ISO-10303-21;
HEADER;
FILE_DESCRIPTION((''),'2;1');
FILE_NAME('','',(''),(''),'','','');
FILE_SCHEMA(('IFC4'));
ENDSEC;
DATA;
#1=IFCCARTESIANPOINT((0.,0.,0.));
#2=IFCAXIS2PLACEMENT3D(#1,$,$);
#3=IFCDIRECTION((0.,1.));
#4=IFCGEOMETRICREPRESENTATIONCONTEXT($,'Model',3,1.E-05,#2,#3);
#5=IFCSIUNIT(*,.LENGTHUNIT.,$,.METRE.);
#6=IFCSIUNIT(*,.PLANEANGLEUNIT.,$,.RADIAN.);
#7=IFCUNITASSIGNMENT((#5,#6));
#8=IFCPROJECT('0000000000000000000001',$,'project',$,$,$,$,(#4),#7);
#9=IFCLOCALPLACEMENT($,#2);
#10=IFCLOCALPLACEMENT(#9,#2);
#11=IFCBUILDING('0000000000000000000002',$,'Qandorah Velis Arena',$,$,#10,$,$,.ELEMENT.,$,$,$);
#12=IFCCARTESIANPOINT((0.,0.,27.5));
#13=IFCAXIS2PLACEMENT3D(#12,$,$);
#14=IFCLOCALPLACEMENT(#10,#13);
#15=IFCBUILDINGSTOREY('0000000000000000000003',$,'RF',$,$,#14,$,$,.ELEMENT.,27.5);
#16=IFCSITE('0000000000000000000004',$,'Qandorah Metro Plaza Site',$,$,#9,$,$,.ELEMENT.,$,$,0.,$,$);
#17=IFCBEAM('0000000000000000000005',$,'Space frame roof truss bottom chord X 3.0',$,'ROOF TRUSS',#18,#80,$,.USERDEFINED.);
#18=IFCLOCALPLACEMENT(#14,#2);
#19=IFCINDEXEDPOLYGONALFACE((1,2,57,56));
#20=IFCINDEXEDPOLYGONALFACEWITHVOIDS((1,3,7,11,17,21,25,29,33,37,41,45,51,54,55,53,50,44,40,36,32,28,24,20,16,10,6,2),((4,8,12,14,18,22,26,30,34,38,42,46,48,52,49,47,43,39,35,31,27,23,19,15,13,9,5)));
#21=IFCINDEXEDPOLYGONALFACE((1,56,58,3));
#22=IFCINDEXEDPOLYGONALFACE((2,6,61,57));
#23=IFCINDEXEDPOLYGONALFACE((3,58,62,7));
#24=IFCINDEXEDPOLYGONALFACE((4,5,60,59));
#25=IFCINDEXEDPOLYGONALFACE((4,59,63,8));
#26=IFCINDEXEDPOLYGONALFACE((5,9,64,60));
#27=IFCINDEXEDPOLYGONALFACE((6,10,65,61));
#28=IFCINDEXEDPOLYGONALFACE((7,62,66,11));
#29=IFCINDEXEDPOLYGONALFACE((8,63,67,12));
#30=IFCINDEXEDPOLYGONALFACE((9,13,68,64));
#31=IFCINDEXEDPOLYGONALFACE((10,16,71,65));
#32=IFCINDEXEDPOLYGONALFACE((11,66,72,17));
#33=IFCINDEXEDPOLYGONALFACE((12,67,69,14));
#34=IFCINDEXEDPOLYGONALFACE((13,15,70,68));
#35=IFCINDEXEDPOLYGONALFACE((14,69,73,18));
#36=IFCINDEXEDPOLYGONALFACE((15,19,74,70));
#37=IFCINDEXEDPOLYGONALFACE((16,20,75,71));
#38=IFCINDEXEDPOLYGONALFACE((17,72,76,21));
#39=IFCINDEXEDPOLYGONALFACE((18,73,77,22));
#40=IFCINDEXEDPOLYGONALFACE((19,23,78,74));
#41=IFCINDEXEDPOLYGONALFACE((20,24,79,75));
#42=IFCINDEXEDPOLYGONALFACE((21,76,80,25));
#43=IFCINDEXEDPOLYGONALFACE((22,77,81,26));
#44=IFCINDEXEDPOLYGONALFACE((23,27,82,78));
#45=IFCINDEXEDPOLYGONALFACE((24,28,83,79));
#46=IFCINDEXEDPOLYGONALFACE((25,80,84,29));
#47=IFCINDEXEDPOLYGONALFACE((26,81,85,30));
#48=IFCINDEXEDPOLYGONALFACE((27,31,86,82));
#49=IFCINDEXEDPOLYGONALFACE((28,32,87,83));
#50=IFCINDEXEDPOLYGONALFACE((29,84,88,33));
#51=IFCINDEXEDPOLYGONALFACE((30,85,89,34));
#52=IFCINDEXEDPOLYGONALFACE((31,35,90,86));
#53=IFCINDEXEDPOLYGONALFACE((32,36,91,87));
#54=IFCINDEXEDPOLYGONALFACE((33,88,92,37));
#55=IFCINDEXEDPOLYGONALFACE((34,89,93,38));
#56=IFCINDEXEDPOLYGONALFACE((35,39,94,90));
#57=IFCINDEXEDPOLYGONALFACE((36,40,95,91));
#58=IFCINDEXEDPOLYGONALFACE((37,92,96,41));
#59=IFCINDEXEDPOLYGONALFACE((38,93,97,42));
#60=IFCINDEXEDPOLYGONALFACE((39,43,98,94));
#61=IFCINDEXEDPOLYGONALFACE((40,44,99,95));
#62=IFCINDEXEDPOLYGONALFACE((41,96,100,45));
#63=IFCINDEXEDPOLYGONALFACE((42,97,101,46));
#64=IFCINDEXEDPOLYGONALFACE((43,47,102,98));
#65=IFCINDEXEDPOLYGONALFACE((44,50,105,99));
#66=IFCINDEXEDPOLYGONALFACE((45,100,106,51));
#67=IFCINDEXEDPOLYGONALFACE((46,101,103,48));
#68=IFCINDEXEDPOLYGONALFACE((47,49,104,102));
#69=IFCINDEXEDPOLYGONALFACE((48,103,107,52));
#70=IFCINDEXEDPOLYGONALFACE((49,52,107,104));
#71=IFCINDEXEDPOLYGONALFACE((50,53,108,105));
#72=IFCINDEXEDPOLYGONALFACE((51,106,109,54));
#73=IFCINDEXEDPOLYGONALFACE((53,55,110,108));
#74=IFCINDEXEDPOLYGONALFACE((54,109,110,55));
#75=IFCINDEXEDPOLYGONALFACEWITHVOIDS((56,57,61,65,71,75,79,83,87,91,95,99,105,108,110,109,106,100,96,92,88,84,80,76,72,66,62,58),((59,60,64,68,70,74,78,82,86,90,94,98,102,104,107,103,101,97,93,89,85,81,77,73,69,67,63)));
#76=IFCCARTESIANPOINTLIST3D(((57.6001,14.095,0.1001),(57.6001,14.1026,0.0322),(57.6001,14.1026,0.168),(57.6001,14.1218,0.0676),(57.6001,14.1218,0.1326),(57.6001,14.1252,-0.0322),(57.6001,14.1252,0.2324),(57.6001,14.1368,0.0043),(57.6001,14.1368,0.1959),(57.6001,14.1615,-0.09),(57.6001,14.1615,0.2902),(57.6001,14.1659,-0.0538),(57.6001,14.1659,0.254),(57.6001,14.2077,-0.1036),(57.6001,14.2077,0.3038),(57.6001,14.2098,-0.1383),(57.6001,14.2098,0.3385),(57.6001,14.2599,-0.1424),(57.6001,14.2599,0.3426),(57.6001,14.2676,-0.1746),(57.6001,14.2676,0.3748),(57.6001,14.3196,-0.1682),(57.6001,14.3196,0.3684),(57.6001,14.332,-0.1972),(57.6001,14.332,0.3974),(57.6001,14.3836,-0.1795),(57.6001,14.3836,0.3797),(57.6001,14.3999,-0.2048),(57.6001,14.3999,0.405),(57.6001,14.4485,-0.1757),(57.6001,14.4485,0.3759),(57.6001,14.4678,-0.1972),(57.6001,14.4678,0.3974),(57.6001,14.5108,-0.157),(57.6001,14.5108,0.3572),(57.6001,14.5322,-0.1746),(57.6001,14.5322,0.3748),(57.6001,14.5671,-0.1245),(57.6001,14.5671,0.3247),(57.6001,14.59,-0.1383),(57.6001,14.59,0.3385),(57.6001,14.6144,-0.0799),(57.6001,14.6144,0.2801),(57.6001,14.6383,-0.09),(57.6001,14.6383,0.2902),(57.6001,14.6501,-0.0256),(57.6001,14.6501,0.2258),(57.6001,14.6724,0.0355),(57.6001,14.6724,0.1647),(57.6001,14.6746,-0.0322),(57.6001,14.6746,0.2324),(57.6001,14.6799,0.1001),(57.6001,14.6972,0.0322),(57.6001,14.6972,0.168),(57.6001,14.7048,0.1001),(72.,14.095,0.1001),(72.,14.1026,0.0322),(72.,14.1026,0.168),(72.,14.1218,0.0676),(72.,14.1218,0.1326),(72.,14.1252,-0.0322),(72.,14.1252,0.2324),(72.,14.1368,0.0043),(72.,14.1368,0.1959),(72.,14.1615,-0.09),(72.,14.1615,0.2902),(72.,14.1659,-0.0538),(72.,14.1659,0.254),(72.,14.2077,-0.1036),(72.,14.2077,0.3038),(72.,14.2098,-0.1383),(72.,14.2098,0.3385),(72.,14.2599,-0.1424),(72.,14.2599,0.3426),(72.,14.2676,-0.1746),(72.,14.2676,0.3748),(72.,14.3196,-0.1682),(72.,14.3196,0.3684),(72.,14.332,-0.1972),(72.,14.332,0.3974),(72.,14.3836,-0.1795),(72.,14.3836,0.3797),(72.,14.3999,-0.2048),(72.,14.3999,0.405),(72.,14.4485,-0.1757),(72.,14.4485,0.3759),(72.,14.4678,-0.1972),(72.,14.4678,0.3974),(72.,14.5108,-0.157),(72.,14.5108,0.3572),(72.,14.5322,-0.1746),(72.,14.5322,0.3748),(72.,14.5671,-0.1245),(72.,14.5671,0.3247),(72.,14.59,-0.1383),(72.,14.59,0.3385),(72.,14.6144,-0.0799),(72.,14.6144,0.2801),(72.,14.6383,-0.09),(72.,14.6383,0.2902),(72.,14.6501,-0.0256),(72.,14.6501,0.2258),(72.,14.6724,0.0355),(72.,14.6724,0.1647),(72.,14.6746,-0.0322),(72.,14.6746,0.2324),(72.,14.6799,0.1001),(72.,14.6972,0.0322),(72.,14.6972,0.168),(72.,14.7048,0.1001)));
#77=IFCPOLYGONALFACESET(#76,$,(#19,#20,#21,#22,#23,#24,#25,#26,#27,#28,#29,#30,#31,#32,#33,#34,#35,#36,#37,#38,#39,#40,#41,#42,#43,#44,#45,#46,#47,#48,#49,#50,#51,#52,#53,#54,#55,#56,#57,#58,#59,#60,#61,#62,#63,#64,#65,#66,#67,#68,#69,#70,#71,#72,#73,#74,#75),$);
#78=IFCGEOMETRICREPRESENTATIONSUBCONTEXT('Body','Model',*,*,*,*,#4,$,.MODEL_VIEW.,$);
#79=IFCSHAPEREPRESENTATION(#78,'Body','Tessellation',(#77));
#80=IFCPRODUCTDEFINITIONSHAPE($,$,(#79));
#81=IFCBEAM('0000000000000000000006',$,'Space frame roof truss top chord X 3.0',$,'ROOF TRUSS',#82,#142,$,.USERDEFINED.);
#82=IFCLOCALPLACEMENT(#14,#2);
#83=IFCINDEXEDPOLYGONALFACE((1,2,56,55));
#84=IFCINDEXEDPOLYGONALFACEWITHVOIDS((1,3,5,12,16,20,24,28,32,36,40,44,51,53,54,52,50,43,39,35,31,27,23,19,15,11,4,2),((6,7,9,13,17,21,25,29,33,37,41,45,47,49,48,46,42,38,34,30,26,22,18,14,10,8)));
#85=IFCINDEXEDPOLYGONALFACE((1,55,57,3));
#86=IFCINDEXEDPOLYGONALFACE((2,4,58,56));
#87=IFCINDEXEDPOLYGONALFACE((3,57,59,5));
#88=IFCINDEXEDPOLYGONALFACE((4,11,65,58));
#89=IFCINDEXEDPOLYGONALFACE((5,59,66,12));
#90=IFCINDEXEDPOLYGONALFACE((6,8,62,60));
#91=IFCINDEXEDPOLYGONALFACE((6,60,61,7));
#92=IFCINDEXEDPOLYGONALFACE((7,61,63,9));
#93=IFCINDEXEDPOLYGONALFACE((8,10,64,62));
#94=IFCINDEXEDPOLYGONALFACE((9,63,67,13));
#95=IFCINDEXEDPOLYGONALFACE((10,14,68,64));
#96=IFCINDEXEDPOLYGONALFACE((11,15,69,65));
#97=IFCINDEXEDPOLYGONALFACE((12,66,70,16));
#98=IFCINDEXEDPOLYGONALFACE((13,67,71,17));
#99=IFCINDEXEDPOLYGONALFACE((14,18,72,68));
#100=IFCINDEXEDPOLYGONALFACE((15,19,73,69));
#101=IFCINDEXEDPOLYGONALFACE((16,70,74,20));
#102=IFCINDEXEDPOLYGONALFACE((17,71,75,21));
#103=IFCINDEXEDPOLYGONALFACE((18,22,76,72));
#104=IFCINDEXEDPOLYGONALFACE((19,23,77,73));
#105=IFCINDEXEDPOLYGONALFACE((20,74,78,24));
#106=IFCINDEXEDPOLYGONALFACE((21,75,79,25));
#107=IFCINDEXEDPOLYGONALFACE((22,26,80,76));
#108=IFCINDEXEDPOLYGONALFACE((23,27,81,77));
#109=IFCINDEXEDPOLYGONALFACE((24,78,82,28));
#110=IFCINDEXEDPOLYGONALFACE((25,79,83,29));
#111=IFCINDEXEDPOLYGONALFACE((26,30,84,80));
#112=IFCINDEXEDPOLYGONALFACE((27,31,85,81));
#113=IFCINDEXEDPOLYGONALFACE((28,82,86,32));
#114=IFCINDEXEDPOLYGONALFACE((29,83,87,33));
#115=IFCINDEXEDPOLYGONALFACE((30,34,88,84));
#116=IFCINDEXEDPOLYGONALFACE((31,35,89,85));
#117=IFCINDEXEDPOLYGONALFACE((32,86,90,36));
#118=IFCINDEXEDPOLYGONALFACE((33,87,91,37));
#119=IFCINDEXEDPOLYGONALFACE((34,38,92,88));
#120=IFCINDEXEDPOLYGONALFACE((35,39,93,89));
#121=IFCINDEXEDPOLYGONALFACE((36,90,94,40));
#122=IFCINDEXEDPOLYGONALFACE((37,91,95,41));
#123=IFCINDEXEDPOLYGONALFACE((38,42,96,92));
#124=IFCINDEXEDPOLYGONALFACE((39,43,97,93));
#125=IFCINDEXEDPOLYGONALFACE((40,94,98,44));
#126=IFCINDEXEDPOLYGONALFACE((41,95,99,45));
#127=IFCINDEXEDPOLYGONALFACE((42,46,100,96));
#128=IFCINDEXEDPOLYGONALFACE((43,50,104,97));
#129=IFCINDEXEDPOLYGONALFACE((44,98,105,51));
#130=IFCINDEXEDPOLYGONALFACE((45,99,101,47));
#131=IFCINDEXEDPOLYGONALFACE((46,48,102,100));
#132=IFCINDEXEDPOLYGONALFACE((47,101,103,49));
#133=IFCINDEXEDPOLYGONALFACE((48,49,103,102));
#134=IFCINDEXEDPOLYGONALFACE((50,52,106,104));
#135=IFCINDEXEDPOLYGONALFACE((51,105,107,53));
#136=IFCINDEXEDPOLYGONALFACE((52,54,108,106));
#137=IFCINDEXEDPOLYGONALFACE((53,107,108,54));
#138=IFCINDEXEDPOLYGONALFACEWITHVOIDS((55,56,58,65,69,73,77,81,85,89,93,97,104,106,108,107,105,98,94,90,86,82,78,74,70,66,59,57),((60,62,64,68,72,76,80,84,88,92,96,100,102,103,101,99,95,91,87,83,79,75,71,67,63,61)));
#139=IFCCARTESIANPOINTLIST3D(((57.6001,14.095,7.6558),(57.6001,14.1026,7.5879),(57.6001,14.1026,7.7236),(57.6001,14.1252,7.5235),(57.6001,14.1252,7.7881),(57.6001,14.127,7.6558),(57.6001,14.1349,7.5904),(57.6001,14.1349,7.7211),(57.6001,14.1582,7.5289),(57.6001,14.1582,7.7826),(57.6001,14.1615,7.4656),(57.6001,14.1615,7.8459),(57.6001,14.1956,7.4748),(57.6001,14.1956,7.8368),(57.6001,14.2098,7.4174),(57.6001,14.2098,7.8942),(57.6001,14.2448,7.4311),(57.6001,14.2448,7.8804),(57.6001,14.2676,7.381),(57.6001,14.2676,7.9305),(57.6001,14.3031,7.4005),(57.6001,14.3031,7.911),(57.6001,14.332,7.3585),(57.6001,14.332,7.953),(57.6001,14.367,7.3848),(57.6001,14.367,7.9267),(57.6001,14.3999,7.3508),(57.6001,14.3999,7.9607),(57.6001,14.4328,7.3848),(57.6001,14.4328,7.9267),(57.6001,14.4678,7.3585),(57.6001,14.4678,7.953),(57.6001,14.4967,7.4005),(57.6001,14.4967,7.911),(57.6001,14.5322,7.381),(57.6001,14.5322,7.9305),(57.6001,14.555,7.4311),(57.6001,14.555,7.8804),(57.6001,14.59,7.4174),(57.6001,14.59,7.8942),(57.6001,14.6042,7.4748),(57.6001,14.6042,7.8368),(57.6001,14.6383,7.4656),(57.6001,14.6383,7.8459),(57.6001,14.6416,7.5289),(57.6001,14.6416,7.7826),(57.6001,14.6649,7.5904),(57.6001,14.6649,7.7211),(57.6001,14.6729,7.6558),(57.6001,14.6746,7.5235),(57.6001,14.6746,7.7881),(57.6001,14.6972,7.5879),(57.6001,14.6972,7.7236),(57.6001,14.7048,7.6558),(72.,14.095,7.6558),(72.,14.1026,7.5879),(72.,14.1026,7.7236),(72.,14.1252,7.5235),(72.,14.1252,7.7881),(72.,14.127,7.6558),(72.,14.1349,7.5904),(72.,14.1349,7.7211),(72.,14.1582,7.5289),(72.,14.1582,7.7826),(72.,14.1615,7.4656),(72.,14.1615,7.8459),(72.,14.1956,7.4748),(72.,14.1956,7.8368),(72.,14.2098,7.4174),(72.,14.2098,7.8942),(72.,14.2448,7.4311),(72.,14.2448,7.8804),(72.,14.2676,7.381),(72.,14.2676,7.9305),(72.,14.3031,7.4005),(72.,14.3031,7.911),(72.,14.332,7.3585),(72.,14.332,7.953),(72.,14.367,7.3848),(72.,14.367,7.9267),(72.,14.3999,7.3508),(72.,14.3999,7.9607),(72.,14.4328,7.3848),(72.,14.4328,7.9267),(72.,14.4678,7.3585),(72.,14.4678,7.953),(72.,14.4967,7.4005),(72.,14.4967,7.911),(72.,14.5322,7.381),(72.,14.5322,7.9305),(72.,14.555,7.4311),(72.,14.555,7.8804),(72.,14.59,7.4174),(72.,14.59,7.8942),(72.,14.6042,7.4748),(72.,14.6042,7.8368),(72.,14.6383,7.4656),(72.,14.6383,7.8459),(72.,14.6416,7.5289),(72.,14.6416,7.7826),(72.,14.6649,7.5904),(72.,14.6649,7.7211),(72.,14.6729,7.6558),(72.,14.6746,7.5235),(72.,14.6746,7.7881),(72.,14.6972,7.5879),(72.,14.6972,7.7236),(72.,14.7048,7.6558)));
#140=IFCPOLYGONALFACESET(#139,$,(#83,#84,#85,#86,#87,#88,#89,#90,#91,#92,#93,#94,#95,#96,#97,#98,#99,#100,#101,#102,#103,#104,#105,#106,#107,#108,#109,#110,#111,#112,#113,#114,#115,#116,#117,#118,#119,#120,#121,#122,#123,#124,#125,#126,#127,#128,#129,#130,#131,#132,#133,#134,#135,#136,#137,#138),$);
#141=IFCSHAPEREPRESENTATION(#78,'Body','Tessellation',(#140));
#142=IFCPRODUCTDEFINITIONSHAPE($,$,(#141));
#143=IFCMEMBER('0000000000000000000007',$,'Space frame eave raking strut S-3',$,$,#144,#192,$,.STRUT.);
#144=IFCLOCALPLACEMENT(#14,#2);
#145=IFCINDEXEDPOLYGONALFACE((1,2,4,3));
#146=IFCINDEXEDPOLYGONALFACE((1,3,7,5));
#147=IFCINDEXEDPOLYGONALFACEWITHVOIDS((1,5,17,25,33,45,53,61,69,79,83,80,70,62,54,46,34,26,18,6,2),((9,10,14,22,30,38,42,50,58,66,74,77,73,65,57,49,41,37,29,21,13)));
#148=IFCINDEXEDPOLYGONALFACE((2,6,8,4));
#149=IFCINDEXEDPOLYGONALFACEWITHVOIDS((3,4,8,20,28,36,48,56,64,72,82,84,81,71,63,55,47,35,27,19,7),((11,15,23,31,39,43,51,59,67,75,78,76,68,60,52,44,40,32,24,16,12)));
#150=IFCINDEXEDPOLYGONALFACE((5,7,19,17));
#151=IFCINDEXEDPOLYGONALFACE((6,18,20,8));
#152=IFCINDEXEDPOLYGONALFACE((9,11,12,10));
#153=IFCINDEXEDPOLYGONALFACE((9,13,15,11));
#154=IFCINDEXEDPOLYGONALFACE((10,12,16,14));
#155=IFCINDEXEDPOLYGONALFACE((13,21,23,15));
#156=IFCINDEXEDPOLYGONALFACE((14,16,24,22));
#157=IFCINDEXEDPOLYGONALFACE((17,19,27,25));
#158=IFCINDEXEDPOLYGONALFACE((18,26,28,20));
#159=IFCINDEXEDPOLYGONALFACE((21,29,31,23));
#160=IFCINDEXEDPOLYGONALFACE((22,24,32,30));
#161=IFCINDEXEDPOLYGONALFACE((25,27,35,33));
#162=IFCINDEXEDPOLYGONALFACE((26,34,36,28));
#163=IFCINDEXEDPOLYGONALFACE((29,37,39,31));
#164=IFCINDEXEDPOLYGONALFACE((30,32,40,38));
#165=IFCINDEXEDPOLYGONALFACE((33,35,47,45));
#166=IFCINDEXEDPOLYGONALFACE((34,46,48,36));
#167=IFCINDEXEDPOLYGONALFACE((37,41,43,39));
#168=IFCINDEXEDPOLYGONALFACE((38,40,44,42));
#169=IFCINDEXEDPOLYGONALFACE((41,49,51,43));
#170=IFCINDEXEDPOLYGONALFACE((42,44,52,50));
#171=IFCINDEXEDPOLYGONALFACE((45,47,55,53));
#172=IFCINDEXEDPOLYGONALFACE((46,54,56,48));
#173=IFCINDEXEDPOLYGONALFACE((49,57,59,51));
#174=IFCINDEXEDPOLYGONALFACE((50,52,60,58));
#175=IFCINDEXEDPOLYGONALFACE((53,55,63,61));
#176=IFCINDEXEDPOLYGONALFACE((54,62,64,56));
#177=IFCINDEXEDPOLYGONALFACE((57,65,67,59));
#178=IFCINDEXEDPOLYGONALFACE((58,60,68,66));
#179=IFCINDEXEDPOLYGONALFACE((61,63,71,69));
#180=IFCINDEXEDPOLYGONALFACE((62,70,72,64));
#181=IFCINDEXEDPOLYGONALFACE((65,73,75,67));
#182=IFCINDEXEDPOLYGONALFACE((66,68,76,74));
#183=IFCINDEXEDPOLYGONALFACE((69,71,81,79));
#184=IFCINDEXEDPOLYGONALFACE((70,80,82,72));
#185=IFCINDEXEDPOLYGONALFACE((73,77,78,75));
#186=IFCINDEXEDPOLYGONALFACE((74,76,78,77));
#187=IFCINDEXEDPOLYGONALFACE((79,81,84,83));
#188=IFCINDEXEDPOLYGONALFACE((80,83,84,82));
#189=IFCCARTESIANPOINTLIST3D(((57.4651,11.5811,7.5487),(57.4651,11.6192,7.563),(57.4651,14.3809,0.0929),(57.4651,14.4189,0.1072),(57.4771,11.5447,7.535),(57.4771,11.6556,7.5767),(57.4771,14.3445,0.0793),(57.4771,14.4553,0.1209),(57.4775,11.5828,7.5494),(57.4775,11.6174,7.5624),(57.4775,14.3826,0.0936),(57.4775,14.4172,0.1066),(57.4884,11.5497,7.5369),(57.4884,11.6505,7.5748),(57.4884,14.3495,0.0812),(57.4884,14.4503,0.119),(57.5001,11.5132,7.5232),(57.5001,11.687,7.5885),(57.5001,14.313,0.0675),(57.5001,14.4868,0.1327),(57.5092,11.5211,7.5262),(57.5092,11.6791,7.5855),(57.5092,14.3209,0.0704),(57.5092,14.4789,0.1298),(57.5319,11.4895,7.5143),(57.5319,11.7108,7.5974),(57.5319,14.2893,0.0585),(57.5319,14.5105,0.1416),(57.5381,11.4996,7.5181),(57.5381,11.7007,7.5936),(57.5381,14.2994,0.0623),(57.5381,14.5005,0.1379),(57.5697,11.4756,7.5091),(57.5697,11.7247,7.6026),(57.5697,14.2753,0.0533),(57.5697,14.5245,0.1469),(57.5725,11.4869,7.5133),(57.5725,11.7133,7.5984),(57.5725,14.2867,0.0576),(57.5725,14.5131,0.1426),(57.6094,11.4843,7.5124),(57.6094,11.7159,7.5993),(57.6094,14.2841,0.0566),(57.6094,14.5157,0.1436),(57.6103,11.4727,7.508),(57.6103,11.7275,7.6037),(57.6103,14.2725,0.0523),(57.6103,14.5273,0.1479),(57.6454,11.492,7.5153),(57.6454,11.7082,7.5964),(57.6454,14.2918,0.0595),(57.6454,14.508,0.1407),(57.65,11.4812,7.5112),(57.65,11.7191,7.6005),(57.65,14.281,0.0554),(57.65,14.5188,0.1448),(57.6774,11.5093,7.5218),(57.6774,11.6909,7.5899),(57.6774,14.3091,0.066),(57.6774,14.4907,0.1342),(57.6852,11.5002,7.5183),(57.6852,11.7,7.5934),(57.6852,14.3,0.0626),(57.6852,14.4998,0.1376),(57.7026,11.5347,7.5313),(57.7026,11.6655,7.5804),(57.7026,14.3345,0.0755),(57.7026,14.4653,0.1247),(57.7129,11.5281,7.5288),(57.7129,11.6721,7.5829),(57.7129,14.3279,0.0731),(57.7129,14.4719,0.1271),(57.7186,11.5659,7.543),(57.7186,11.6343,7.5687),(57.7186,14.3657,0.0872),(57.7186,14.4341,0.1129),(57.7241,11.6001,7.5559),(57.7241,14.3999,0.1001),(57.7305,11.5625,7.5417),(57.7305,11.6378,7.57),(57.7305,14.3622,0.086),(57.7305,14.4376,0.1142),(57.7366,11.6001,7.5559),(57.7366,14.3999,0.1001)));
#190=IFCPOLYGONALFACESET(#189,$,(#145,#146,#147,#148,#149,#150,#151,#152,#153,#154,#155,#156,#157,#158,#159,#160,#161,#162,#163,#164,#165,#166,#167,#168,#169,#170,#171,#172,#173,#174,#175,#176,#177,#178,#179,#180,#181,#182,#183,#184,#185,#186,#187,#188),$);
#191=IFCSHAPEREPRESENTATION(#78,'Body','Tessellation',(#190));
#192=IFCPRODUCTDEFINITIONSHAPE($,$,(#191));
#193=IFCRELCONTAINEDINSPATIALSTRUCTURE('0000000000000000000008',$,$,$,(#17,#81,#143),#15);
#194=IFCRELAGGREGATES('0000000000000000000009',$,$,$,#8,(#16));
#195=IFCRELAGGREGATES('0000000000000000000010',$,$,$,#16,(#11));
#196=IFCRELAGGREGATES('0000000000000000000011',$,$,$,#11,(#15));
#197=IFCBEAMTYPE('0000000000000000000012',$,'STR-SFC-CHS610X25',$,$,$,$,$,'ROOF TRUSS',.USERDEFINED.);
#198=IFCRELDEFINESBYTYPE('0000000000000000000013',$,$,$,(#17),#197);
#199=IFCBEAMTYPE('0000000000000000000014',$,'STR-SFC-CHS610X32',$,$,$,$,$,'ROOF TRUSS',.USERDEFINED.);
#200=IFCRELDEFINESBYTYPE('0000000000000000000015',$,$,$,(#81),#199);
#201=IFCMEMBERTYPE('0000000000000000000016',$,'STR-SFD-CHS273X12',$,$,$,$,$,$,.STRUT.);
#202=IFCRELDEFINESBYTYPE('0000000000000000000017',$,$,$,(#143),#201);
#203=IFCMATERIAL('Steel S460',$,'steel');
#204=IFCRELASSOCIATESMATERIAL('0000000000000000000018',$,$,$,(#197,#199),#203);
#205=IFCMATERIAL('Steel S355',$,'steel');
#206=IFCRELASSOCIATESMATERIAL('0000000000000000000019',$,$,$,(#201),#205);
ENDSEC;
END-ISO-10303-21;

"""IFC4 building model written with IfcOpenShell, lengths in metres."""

from ifc_helpers import new_model, si_unit, direction, frame, origin, origin_2d, place, context, subcontext, project, spatial, hollow_circle, extrude, material, material_profile, profile_set, type_object, element, save


model = new_model("IFC4")

# Units and contexts
model_context = context("Model", 3, precision=1e-05, world=origin(), true_north=direction((0.0, 1.0)))
body_context = subcontext(model_context, "Body", "Model", "MODEL_VIEW")
ifc_project = project(units=[si_unit("LENGTHUNIT", "METRE"), si_unit("PLANEANGLEUNIT", "RADIAN")], contexts=[model_context])

# Site, building, storey
site_placement = place(None, origin())
site = spatial("IfcSite", under=ifc_project, at=site_placement, Name="Qandorah Metro Plaza Site", CompositionType="ELEMENT", RefElevation=0.0)
building_placement = place(site_placement, origin())
building = spatial("IfcBuilding", under=site, at=building_placement, Name="Qandorah Velis Arena", CompositionType="ELEMENT")
storey_placement = place(building_placement, frame((0.0, 0.0, 27.5)))
storey = spatial("IfcBuildingStorey", under=building, at=storey_placement, Name="RF", CompositionType="ELEMENT", Elevation=27.5)

# Beams
ifc_material_1 = material(Name="Steel S355", Category="steel")
ifc_material_2 = material(Name="Steel S460", Category="steel")
ifc_material_profile_1 = material_profile(ifc_material_2, hollow_circle(Radius=0.3049, WallThickness=0.0249, at=origin_2d()), Name="CHS 610x25")
ifc_profile_set_1 = profile_set([ifc_material_profile_1], Name="Steel S460")
beam_type_1 = type_object("IfcBeamType", Name="STR-SFC-CHS610X25", ElementType="ROOF TRUSS", PredefinedType="USERDEFINED", material=ifc_profile_set_1)
beam_1_placement = place(storey_placement, frame((57.6001, 14.3999, 0.1001), z_axis=(1.0, 0.0, 0.0), x_axis=(0.0, 1.0, 0.0)))
element("IfcBeam", 1, at=beam_1_placement, inside=storey, type_object=beam_type_1, Name="Space frame roof truss bottom chord X 3.0", ObjectType="ROOF TRUSS", PredefinedType="USERDEFINED", context=body_context, shape_type="SweptSolid", body=[
    extrude(hollow_circle(Radius=0.3049, WallThickness=0.0249, at=origin_2d()), origin(), (0.0, 0.0, 1.0), 14.3999),
])
ifc_material_profile_2 = material_profile(ifc_material_2, hollow_circle(Radius=0.3049, WallThickness=0.032, at=origin_2d()), Name="CHS 610x32")
ifc_profile_set_2 = profile_set([ifc_material_profile_2], Name="Steel S460")
beam_type_2 = type_object("IfcBeamType", Name="STR-SFC-CHS610X32", ElementType="ROOF TRUSS", PredefinedType="USERDEFINED", material=ifc_profile_set_2)
beam_2_placement = place(storey_placement, frame((57.6001, 14.3999, 7.6558), z_axis=(1.0, 0.0, 0.0), x_axis=(0.0, 1.0, 0.0)))
element("IfcBeam", 2, at=beam_2_placement, inside=storey, type_object=beam_type_2, Name="Space frame roof truss top chord X 3.0", ObjectType="ROOF TRUSS", PredefinedType="USERDEFINED", context=body_context, shape_type="SweptSolid", body=[
    extrude(hollow_circle(Radius=0.3049, WallThickness=0.032, at=origin_2d()), origin(), (0.0, 0.0, 1.0), 14.3999),
])

# Member
ifc_material_profile_3 = material_profile(ifc_material_1, hollow_circle(Radius=0.1365, WallThickness=0.0125, at=origin_2d()), Name="CHS 273x12.5")
ifc_profile_set_3 = profile_set([ifc_material_profile_3], Name="Steel S355")
member_type_1 = type_object("IfcMemberType", Name="STR-SFD-CHS273X12", PredefinedType="STRUT", material=ifc_profile_set_3)
member_1_placement = place(storey_placement, frame((57.6001, 14.3999, 0.1001), z_axis=(0.0, -0.35155, 0.936169), x_axis=(1.0, 0.0, 0.0)))
element("IfcMember", 3, at=member_1_placement, inside=storey, type_object=member_type_1, Name="Space frame eave raking strut S-3", PredefinedType="STRUT", context=body_context, shape_type="SweptSolid", body=[
    extrude(hollow_circle(Radius=0.1365, WallThickness=0.0125, at=origin_2d()), origin(), (0.0, 0.0, 1.0), 7.9641),
])

save(model, "model.ifc")
